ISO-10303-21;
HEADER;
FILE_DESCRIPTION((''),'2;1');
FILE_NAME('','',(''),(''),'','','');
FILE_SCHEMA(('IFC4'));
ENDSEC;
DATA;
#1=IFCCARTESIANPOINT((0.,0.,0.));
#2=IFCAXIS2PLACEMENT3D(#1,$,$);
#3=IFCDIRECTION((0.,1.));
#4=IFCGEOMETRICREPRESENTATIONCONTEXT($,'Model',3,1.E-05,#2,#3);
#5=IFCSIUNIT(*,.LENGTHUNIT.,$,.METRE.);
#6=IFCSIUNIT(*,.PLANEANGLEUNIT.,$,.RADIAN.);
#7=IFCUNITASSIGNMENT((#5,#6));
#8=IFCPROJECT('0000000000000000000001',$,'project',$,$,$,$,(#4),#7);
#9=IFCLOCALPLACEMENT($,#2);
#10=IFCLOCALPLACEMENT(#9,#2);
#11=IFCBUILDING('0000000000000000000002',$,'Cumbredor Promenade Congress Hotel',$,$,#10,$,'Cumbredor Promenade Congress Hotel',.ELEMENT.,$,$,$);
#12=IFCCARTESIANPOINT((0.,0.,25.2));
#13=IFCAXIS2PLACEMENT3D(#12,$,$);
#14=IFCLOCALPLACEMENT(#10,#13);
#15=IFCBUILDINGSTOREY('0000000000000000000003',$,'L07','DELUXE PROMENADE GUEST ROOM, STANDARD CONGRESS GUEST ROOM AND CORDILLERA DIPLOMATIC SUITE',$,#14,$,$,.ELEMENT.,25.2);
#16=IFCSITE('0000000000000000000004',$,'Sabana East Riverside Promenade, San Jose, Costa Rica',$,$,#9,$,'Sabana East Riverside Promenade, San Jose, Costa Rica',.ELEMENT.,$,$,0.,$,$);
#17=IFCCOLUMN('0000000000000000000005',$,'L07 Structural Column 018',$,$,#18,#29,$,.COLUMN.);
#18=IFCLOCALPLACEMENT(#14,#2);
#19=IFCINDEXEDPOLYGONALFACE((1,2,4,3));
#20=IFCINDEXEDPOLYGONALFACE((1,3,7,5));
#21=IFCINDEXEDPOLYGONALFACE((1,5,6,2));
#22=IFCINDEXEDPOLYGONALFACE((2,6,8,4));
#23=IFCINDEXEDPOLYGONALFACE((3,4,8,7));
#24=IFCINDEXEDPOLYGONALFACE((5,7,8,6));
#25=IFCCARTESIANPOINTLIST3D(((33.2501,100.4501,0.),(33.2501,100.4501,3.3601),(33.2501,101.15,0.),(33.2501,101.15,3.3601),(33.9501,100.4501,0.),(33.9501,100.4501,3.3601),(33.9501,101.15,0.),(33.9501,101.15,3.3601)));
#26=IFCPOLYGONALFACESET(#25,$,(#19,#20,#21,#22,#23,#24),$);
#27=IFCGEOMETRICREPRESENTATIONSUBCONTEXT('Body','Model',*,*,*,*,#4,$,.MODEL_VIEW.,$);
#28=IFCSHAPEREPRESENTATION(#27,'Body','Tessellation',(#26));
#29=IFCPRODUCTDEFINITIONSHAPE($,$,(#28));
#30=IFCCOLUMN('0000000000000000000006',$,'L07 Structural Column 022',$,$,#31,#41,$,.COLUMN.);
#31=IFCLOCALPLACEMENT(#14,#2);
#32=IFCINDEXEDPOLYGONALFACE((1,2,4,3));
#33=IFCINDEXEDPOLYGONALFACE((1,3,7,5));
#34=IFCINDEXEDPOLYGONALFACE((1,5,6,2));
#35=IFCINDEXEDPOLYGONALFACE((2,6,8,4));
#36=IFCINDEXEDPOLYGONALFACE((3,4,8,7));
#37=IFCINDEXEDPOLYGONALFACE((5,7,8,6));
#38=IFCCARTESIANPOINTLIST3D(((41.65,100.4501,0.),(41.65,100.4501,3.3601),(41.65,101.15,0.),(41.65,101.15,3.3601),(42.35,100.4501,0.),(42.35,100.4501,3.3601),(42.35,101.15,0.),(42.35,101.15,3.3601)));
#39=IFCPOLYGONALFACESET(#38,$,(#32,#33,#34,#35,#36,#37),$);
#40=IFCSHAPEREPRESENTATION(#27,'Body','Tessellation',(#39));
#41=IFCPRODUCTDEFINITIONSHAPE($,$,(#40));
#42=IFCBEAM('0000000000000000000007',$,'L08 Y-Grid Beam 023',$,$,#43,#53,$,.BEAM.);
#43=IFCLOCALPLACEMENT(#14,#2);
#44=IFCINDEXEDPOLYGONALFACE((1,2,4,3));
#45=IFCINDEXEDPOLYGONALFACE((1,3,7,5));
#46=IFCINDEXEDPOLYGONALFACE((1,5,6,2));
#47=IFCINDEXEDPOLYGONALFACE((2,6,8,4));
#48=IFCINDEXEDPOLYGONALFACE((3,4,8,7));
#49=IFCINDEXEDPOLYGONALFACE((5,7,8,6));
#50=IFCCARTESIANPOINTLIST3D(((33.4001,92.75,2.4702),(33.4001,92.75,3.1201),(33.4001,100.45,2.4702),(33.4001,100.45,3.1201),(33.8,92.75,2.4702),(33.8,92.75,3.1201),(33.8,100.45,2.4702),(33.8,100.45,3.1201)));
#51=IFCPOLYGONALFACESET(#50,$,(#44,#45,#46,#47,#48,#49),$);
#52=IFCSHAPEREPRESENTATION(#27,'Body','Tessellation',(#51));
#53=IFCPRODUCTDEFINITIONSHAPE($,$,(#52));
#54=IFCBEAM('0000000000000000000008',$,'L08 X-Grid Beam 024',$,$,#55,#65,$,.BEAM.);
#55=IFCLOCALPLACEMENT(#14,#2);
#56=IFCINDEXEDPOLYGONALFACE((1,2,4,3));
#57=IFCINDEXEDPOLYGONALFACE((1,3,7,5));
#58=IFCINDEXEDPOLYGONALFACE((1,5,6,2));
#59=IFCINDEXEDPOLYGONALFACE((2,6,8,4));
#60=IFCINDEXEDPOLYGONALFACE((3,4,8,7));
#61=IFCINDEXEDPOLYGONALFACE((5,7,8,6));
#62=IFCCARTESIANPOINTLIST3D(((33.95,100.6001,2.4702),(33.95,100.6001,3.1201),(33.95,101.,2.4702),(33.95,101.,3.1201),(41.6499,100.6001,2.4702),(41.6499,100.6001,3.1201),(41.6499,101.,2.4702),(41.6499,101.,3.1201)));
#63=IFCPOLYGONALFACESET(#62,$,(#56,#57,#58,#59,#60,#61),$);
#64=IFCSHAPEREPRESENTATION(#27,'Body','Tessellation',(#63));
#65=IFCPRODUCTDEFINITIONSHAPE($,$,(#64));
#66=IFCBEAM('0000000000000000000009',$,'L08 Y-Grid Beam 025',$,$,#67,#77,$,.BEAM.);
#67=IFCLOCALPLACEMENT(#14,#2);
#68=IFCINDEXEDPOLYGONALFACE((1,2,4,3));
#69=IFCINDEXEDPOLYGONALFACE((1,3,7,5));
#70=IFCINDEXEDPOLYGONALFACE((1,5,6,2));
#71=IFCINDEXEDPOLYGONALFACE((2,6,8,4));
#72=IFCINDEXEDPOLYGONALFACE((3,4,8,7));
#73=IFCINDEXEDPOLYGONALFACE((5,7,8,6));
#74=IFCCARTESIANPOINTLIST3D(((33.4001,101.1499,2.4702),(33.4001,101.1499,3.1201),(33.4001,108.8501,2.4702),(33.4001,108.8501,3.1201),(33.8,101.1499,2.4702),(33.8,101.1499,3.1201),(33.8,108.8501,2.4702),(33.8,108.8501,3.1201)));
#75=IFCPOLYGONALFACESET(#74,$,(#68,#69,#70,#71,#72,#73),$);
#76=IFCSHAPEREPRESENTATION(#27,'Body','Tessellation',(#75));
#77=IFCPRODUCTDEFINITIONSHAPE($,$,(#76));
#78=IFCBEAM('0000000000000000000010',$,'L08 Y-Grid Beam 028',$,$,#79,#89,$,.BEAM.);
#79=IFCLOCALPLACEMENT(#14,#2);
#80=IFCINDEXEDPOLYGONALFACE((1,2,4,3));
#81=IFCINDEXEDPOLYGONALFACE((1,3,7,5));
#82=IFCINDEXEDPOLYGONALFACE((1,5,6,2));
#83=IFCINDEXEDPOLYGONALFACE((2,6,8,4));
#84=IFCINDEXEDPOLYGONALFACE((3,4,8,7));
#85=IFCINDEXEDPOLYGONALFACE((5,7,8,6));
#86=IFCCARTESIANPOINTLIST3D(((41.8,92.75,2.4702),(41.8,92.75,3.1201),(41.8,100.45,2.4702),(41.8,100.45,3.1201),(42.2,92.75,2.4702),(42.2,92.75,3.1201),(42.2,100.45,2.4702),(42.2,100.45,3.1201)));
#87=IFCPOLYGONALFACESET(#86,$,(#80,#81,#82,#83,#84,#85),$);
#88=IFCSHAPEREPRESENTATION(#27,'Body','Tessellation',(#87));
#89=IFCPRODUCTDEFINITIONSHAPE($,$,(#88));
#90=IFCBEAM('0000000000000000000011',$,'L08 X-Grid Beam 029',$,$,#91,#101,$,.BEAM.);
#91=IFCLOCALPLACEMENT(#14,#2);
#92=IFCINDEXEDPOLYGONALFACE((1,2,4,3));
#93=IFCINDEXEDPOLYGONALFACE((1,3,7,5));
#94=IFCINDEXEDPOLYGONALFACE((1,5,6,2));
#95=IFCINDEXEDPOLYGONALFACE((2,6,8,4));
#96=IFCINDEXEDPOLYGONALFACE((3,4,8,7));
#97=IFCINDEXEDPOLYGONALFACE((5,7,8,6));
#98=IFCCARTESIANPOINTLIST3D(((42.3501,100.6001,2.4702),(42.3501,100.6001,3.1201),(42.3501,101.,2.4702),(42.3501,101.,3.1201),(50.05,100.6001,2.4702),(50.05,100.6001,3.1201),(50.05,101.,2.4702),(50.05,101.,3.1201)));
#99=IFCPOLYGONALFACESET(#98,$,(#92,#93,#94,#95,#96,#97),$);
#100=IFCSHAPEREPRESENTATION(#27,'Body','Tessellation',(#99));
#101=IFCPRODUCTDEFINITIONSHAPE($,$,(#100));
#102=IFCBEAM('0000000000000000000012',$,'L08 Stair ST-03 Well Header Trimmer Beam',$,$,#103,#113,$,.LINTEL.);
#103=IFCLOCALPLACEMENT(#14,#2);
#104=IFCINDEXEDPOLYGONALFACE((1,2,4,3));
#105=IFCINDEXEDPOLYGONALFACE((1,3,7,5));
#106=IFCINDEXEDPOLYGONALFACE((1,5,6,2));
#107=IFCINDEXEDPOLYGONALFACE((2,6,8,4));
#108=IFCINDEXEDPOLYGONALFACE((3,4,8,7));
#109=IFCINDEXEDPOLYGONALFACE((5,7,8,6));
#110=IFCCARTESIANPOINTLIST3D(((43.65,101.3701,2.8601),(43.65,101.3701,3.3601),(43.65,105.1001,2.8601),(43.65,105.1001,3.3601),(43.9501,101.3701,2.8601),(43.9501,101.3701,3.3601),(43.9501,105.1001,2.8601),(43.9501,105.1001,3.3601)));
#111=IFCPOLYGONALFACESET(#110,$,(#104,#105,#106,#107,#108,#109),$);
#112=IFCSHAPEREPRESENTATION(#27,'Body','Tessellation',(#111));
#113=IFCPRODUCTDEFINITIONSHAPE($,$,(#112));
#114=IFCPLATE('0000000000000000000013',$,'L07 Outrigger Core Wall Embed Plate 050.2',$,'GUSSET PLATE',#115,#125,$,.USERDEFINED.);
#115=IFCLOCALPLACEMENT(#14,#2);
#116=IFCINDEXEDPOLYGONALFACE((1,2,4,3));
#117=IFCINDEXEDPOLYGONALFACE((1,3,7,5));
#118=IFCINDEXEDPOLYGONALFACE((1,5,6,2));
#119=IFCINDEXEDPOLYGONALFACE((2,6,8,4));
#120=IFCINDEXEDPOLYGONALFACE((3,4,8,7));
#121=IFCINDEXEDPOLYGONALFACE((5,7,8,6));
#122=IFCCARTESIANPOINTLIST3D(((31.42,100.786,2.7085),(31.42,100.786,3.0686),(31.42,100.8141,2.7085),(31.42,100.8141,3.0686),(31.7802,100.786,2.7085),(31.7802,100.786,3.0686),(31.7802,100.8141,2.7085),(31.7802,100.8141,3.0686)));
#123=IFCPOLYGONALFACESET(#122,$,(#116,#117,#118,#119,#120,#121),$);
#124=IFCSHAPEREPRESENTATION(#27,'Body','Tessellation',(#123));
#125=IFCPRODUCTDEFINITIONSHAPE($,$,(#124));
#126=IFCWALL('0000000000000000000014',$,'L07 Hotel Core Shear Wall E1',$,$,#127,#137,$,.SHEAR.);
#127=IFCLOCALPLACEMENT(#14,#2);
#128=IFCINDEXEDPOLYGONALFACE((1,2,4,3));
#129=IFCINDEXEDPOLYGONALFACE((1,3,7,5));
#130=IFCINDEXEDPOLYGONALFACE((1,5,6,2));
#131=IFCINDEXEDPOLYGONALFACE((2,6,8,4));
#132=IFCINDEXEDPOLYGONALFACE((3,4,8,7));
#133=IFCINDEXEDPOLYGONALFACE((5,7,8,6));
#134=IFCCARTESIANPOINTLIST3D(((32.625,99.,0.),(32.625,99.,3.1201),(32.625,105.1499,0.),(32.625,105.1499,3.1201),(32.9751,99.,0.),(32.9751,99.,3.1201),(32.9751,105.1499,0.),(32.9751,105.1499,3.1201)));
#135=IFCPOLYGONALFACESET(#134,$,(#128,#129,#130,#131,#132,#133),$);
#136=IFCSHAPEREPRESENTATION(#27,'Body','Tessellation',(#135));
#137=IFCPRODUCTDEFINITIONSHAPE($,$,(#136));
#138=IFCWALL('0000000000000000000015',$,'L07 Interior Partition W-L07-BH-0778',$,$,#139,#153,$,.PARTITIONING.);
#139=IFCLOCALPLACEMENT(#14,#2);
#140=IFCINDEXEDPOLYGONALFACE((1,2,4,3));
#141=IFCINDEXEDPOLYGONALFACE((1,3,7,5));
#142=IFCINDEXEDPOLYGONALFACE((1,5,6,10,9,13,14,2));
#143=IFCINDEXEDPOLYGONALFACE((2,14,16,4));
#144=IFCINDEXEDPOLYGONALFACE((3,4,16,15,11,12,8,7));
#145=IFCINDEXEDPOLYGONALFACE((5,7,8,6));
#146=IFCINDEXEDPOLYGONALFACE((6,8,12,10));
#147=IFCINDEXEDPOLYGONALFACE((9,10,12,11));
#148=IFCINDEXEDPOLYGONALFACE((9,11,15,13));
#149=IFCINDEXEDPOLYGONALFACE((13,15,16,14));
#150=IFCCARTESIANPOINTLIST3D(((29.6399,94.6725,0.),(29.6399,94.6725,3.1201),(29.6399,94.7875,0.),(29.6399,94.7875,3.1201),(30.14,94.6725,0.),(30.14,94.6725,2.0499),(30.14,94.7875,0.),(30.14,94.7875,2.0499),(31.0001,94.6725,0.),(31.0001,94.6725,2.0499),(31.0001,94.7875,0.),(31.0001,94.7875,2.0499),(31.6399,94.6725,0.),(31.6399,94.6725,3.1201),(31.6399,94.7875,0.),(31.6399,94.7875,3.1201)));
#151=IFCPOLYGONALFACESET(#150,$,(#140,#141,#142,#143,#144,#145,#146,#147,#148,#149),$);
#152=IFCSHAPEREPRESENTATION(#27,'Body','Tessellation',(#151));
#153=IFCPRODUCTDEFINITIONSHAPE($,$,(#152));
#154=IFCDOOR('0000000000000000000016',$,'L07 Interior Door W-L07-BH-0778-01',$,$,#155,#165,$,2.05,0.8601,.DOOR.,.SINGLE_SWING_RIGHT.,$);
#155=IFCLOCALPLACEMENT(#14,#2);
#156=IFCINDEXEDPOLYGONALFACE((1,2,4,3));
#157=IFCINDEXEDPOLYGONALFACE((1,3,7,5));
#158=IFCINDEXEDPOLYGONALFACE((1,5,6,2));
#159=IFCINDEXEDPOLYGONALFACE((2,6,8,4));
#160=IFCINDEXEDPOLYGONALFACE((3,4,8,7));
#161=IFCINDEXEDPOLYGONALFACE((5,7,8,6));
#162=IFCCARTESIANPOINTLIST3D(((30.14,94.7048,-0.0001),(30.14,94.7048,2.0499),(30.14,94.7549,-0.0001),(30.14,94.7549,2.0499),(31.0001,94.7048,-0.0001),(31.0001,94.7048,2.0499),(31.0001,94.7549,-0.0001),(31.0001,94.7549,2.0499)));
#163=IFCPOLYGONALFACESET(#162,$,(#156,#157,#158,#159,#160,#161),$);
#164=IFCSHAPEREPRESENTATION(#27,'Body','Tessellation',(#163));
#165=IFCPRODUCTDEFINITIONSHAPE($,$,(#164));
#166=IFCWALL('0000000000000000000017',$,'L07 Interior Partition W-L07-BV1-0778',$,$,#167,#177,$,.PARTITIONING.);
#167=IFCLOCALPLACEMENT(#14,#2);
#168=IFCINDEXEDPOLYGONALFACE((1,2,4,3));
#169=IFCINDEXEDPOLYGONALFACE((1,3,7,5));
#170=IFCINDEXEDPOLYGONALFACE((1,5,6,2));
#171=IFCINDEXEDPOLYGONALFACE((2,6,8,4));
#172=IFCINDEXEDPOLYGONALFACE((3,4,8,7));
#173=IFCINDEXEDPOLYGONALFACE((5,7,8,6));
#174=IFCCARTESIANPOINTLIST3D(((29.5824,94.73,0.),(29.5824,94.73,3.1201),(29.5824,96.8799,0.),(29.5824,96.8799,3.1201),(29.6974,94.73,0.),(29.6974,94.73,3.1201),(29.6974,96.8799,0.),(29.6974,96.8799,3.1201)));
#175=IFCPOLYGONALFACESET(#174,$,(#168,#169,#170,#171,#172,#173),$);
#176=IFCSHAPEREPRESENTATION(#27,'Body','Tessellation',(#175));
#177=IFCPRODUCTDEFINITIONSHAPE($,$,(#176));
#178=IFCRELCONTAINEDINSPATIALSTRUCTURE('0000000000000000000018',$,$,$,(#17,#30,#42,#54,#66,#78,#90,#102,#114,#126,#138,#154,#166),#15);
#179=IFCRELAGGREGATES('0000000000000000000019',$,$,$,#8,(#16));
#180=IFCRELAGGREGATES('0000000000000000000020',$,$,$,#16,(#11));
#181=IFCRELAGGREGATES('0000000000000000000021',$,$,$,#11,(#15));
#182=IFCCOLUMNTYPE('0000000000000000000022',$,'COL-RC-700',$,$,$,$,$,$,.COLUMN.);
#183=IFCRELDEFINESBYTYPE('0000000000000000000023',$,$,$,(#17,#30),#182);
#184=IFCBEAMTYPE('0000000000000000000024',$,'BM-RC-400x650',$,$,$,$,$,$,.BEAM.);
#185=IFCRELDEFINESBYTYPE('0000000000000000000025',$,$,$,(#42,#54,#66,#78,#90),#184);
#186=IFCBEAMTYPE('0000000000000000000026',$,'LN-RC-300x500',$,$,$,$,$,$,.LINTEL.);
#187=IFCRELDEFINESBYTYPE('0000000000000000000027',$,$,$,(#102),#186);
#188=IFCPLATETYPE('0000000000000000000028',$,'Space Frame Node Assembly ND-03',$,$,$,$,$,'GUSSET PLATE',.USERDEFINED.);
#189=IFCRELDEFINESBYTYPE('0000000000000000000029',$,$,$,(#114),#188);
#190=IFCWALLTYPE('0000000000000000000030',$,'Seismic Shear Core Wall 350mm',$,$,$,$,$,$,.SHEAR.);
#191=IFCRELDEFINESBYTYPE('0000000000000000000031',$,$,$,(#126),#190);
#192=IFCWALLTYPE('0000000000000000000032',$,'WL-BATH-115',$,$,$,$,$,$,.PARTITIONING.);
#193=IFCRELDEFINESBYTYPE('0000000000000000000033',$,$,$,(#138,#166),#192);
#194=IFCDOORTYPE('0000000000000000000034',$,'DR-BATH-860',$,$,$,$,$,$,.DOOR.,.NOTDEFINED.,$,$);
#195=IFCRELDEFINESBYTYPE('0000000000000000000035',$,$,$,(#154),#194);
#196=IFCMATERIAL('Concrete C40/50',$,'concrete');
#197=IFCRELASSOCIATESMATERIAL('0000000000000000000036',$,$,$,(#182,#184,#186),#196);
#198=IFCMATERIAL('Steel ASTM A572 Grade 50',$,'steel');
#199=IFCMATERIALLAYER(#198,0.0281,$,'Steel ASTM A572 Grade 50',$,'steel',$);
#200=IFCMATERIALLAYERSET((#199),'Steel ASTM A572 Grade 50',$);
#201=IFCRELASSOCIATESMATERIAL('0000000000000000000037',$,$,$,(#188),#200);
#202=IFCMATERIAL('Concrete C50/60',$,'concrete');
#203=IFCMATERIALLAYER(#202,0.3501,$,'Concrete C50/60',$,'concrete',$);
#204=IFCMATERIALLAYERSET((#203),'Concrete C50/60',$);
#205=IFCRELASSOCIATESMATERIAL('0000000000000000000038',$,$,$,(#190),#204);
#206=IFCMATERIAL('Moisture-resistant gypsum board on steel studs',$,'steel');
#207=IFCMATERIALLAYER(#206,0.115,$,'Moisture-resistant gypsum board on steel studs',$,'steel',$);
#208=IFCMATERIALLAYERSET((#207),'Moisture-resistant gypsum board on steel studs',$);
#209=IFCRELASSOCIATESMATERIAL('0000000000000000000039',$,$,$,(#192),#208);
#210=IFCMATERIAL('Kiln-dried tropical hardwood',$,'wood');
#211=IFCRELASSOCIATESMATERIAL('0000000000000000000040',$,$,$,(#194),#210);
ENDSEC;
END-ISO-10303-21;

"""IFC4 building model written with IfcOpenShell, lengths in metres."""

from ifc_helpers import new_model, si_unit, direction, frame, frame_2d, origin, origin_2d, place, context, subcontext, project, spatial, rectangle, extrude, material, layer, layer_set, material_profile, profile_set, type_object, element, fill, save


model = new_model("IFC4")

# Units and contexts
model_context = context("Model", 3, precision=1e-05, world=origin(), true_north=direction((0.0, 1.0)))
body_context = subcontext(model_context, "Body", "Model", "MODEL_VIEW")
ifc_project = project(units=[si_unit("LENGTHUNIT", "METRE"), si_unit("PLANEANGLEUNIT", "RADIAN")], contexts=[model_context])

# Site, building, storey
site_placement = place(None, origin())
site = spatial("IfcSite", under=ifc_project, at=site_placement, Name="Sabana East Riverside Promenade, San Jose, Costa Rica", LongName="Sabana East Riverside Promenade, San Jose, Costa Rica", CompositionType="ELEMENT", RefElevation=0.0)
building_placement = place(site_placement, origin())
building = spatial("IfcBuilding", under=site, at=building_placement, Name="Cumbredor Promenade Congress Hotel", LongName="Cumbredor Promenade Congress Hotel", CompositionType="ELEMENT")
storey_placement = place(building_placement, frame((0.0, 0.0, 25.2)))
storey = spatial("IfcBuildingStorey", under=building, at=storey_placement, Name="L07", Description="DELUXE PROMENADE GUEST ROOM, STANDARD CONGRESS GUEST ROOM AND CORDILLERA DIPLOMATIC SUITE", CompositionType="ELEMENT", Elevation=25.2)

# Columns
ifc_material_1 = material(Name="Concrete C40/50", Category="concrete")
ifc_material_profile_1 = material_profile(ifc_material_1, rectangle(XDim=0.7, YDim=0.7, at=origin_2d()), Name="RC 700x700")
ifc_profile_set_1 = profile_set([ifc_material_profile_1], Name="Concrete C40/50")
column_type = type_object("IfcColumnType", Name="COL-RC-700", PredefinedType="COLUMN", material=ifc_profile_set_1)
for number, where, z_axis, x_axis, name in (
    (1, (33.6001, 100.8, 0.0), (0.0, 0.0, 1.0), (1.0, 0.0, 0.0), "L07 Structural Column 018"),
    (2, (42.0, 100.8, 0.0), (0.0, 0.0, 1.0), (1.0, 0.0, 0.0), "L07 Structural Column 022"),
):
    element("IfcColumn", number, at=place(storey_placement, frame(where, z_axis=z_axis, x_axis=x_axis)), inside=storey, type_object=column_type, Name=name, PredefinedType="COLUMN", context=body_context, shape_type="SweptSolid", body=[
        extrude(rectangle(XDim=0.7, YDim=0.7, at=origin_2d()), origin(), (0.0, 0.0, 1.0), 3.3601),
    ])

# Beams
ifc_material_profile_2 = material_profile(ifc_material_1, rectangle(XDim=0.3999, YDim=0.6499, at=origin_2d()), Name="RC BEAM 400x650")
ifc_profile_set_2 = profile_set([ifc_material_profile_2], Name="Concrete C40/50")
beam_type_1 = type_object("IfcBeamType", Name="BM-RC-400x650", PredefinedType="BEAM", material=ifc_profile_set_2)
for number, where, z_axis, x_axis, name in (
    (3, (33.6001, 92.75, 2.7952), (0.0, 1.0, 0.0), (-1.0, 0.0, 0.0), "L08 Y-Grid Beam 023"),
    (4, (33.95, 100.8, 2.7952), (1.0, 0.0, 0.0), (0.0, 1.0, 0.0), "L08 X-Grid Beam 024"),
):
    element("IfcBeam", number, at=place(storey_placement, frame(where, z_axis=z_axis, x_axis=x_axis)), inside=storey, type_object=beam_type_1, Name=name, PredefinedType="BEAM", context=body_context, shape_type="SweptSolid", body=[
        extrude(rectangle(XDim=0.3999, YDim=0.6499, at=origin_2d()), origin(), (0.0, 0.0, 1.0), 7.7),
    ])
beam_1_placement = place(storey_placement, frame((33.6001, 101.1499, 2.7952), z_axis=(0.0, 1.0, 0.0), x_axis=(-1.0, 0.0, 0.0)))
element("IfcBeam", 5, at=beam_1_placement, inside=storey, type_object=beam_type_1, Name="L08 Y-Grid Beam 025", PredefinedType="BEAM", context=body_context, shape_type="SweptSolid", body=[
    extrude(rectangle(XDim=0.3999, YDim=0.6499, at=origin_2d()), origin(), (0.0, 0.0, 1.0), 7.7002),
])
for number, where, z_axis, x_axis, name in (
    (6, (42.0, 92.75, 2.7952), (0.0, 1.0, 0.0), (-1.0, 0.0, 0.0), "L08 Y-Grid Beam 028"),
    (7, (42.3501, 100.8, 2.7952), (1.0, 0.0, 0.0), (0.0, 1.0, 0.0), "L08 X-Grid Beam 029"),
):
    element("IfcBeam", number, at=place(storey_placement, frame(where, z_axis=z_axis, x_axis=x_axis)), inside=storey, type_object=beam_type_1, Name=name, PredefinedType="BEAM", context=body_context, shape_type="SweptSolid", body=[
        extrude(rectangle(XDim=0.3999, YDim=0.6499, at=origin_2d()), origin(), (0.0, 0.0, 1.0), 7.7),
    ])
ifc_material_profile_3 = material_profile(ifc_material_1, rectangle(XDim=0.3, YDim=0.5, at=origin_2d()), Name="RC LINTEL 300x500")
ifc_profile_set_3 = profile_set([ifc_material_profile_3], Name="Concrete C40/50")
beam_type_2 = type_object("IfcBeamType", Name="LN-RC-300x500", PredefinedType="LINTEL", material=ifc_profile_set_3)
beam_2_placement = place(storey_placement, frame((43.8, 101.3701, 3.1101), z_axis=(0.0, 1.0, 0.0), x_axis=(-1.0, 0.0, 0.0)))
element("IfcBeam", 8, at=beam_2_placement, inside=storey, type_object=beam_type_2, Name="L08 Stair ST-03 Well Header Trimmer Beam", PredefinedType="LINTEL", context=body_context, shape_type="SweptSolid", body=[
    extrude(rectangle(XDim=0.3, YDim=0.5, at=origin_2d()), origin(), (0.0, 0.0, 1.0), 3.73),
])

# Plate
ifc_material_2 = material(Name="Steel ASTM A572 Grade 50", Category="steel")
ifc_layer_1 = layer(ifc_material_2, 0.0281, Name="Steel ASTM A572 Grade 50", Category="steel")
ifc_layer_set_1 = layer_set([ifc_layer_1], Name="Steel ASTM A572 Grade 50")
plate_type = type_object("IfcPlateType", Name="Space Frame Node Assembly ND-03", ElementType="GUSSET PLATE", PredefinedType="USERDEFINED", material=ifc_layer_set_1)
plate_placement = place(storey_placement, frame((31.6001, 100.8, 2.7085), z_axis=(0.0, 0.0, 1.0), x_axis=(1.0, 0.0, 0.0)))
element("IfcPlate", 9, at=plate_placement, inside=storey, type_object=plate_type, Name="L07 Outrigger Core Wall Embed Plate 050.2", ObjectType="GUSSET PLATE", PredefinedType="USERDEFINED", context=body_context, shape_type="SweptSolid", body=[
    extrude(rectangle(XDim=0.3601, YDim=0.0281, at=origin_2d()), origin(), (0.0, 0.0, 1.0), 0.3601),
])

# Wall
ifc_material_3 = material(Name="Concrete C50/60", Category="concrete")
ifc_layer_2 = layer(ifc_material_3, 0.3501, Name="Concrete C50/60", Category="concrete")
ifc_layer_set_2 = layer_set([ifc_layer_2], Name="Concrete C50/60")
wall_type_1 = type_object("IfcWallType", Name="Seismic Shear Core Wall 350mm", PredefinedType="SHEAR", material=ifc_layer_set_2)
wall_1_placement = place(storey_placement, frame((32.8, 99.0, 0.0), z_axis=(0.0, 0.0, 1.0), x_axis=(0.0, 1.0, 0.0)))
element("IfcWall", 10, at=wall_1_placement, inside=storey, type_object=wall_type_1, Name="L07 Hotel Core Shear Wall E1", PredefinedType="SHEAR", context=body_context, shape_type="SweptSolid", body=[
    extrude(rectangle(XDim=6.1499, YDim=0.3501, at=frame_2d((3.075, 0.0))), origin(), (0.0, 0.0, 1.0), 3.1201),
])

# Wall, opening, door
ifc_material_4 = material(Name="Moisture-resistant gypsum board on steel studs", Category="steel")
ifc_layer_3 = layer(ifc_material_4, 0.115, Name="Moisture-resistant gypsum board on steel studs", Category="steel")
ifc_layer_set_3 = layer_set([ifc_layer_3], Name="Moisture-resistant gypsum board on steel studs")
wall_type_2 = type_object("IfcWallType", Name="WL-BATH-115", PredefinedType="PARTITIONING", material=ifc_layer_set_3)
wall_2_placement = place(storey_placement, frame((29.6399, 94.73, 0.0), z_axis=(0.0, 0.0, 1.0), x_axis=(1.0, 0.0, 0.0)))
wall_2 = element("IfcWall", 11, at=wall_2_placement, inside=storey, type_object=wall_type_2, Name="L07 Interior Partition W-L07-BH-0778", PredefinedType="PARTITIONING", context=body_context, shape_type="SweptSolid", body=[
    extrude(rectangle(XDim=2.0, YDim=0.115, at=frame_2d((1.0, 0.0))), origin(), (0.0, 0.0, 1.0), 3.1201),
])
opening_1_placement = place(wall_2_placement, frame((0.5, 0.0, 0.0)))
opening_1 = element("IfcOpeningElement", 12, at=opening_1_placement, cuts=wall_2, PredefinedType="OPENING", context=body_context, shape_type="SweptSolid", body=[
    extrude(rectangle(XDim=0.8601, YDim=2.05, at=frame_2d((0.4302, 1.0249))), frame((0.0, 0.0674, 0.0), z_axis=(0.0, -1.0, 0.0), x_axis=(1.0, 0.0, 0.0)), (0.0, 0.0, 1.0), 0.135),
])
ifc_material_5 = material(Name="Kiln-dried tropical hardwood", Category="wood")
door_type_1 = type_object("IfcDoorType", Name="DR-BATH-860", OperationType="NOTDEFINED", PredefinedType="DOOR", material=ifc_material_5)
door_1_placement = place(opening_1_placement, origin())
door_1 = element("IfcDoor", 13, at=door_1_placement, inside=storey, type_object=door_type_1, Name="L07 Interior Door W-L07-BH-0778-01", OperationType="SINGLE_SWING_RIGHT", OverallHeight=2.05, OverallWidth=0.8601, PredefinedType="DOOR", context=body_context, shape_type="SweptSolid", body=[
    extrude(rectangle(XDim=0.8601, YDim=2.05, at=frame_2d((0.4302, 1.0249))), frame((0.0, 0.0249, 0.0), z_axis=(0.0, -1.0, 0.0), x_axis=(1.0, 0.0, 0.0)), (0.0, 0.0, 1.0), 0.05),
])
fill(opening_1, door_1)

# Wall
wall_3_placement = place(storey_placement, frame((29.6399, 94.73, 0.0), z_axis=(0.0, 0.0, 1.0), x_axis=(0.0, 1.0, 0.0)))
element("IfcWall", 14, at=wall_3_placement, inside=storey, type_object=wall_type_2, Name="L07 Interior Partition W-L07-BV1-0778", PredefinedType="PARTITIONING", context=body_context, shape_type="SweptSolid", body=[
    extrude(rectangle(XDim=2.1499, YDim=0.115, at=frame_2d((1.075, 0.0))), origin(), (0.0, 0.0, 1.0), 3.1201),
])

save(model, "model.ifc")
